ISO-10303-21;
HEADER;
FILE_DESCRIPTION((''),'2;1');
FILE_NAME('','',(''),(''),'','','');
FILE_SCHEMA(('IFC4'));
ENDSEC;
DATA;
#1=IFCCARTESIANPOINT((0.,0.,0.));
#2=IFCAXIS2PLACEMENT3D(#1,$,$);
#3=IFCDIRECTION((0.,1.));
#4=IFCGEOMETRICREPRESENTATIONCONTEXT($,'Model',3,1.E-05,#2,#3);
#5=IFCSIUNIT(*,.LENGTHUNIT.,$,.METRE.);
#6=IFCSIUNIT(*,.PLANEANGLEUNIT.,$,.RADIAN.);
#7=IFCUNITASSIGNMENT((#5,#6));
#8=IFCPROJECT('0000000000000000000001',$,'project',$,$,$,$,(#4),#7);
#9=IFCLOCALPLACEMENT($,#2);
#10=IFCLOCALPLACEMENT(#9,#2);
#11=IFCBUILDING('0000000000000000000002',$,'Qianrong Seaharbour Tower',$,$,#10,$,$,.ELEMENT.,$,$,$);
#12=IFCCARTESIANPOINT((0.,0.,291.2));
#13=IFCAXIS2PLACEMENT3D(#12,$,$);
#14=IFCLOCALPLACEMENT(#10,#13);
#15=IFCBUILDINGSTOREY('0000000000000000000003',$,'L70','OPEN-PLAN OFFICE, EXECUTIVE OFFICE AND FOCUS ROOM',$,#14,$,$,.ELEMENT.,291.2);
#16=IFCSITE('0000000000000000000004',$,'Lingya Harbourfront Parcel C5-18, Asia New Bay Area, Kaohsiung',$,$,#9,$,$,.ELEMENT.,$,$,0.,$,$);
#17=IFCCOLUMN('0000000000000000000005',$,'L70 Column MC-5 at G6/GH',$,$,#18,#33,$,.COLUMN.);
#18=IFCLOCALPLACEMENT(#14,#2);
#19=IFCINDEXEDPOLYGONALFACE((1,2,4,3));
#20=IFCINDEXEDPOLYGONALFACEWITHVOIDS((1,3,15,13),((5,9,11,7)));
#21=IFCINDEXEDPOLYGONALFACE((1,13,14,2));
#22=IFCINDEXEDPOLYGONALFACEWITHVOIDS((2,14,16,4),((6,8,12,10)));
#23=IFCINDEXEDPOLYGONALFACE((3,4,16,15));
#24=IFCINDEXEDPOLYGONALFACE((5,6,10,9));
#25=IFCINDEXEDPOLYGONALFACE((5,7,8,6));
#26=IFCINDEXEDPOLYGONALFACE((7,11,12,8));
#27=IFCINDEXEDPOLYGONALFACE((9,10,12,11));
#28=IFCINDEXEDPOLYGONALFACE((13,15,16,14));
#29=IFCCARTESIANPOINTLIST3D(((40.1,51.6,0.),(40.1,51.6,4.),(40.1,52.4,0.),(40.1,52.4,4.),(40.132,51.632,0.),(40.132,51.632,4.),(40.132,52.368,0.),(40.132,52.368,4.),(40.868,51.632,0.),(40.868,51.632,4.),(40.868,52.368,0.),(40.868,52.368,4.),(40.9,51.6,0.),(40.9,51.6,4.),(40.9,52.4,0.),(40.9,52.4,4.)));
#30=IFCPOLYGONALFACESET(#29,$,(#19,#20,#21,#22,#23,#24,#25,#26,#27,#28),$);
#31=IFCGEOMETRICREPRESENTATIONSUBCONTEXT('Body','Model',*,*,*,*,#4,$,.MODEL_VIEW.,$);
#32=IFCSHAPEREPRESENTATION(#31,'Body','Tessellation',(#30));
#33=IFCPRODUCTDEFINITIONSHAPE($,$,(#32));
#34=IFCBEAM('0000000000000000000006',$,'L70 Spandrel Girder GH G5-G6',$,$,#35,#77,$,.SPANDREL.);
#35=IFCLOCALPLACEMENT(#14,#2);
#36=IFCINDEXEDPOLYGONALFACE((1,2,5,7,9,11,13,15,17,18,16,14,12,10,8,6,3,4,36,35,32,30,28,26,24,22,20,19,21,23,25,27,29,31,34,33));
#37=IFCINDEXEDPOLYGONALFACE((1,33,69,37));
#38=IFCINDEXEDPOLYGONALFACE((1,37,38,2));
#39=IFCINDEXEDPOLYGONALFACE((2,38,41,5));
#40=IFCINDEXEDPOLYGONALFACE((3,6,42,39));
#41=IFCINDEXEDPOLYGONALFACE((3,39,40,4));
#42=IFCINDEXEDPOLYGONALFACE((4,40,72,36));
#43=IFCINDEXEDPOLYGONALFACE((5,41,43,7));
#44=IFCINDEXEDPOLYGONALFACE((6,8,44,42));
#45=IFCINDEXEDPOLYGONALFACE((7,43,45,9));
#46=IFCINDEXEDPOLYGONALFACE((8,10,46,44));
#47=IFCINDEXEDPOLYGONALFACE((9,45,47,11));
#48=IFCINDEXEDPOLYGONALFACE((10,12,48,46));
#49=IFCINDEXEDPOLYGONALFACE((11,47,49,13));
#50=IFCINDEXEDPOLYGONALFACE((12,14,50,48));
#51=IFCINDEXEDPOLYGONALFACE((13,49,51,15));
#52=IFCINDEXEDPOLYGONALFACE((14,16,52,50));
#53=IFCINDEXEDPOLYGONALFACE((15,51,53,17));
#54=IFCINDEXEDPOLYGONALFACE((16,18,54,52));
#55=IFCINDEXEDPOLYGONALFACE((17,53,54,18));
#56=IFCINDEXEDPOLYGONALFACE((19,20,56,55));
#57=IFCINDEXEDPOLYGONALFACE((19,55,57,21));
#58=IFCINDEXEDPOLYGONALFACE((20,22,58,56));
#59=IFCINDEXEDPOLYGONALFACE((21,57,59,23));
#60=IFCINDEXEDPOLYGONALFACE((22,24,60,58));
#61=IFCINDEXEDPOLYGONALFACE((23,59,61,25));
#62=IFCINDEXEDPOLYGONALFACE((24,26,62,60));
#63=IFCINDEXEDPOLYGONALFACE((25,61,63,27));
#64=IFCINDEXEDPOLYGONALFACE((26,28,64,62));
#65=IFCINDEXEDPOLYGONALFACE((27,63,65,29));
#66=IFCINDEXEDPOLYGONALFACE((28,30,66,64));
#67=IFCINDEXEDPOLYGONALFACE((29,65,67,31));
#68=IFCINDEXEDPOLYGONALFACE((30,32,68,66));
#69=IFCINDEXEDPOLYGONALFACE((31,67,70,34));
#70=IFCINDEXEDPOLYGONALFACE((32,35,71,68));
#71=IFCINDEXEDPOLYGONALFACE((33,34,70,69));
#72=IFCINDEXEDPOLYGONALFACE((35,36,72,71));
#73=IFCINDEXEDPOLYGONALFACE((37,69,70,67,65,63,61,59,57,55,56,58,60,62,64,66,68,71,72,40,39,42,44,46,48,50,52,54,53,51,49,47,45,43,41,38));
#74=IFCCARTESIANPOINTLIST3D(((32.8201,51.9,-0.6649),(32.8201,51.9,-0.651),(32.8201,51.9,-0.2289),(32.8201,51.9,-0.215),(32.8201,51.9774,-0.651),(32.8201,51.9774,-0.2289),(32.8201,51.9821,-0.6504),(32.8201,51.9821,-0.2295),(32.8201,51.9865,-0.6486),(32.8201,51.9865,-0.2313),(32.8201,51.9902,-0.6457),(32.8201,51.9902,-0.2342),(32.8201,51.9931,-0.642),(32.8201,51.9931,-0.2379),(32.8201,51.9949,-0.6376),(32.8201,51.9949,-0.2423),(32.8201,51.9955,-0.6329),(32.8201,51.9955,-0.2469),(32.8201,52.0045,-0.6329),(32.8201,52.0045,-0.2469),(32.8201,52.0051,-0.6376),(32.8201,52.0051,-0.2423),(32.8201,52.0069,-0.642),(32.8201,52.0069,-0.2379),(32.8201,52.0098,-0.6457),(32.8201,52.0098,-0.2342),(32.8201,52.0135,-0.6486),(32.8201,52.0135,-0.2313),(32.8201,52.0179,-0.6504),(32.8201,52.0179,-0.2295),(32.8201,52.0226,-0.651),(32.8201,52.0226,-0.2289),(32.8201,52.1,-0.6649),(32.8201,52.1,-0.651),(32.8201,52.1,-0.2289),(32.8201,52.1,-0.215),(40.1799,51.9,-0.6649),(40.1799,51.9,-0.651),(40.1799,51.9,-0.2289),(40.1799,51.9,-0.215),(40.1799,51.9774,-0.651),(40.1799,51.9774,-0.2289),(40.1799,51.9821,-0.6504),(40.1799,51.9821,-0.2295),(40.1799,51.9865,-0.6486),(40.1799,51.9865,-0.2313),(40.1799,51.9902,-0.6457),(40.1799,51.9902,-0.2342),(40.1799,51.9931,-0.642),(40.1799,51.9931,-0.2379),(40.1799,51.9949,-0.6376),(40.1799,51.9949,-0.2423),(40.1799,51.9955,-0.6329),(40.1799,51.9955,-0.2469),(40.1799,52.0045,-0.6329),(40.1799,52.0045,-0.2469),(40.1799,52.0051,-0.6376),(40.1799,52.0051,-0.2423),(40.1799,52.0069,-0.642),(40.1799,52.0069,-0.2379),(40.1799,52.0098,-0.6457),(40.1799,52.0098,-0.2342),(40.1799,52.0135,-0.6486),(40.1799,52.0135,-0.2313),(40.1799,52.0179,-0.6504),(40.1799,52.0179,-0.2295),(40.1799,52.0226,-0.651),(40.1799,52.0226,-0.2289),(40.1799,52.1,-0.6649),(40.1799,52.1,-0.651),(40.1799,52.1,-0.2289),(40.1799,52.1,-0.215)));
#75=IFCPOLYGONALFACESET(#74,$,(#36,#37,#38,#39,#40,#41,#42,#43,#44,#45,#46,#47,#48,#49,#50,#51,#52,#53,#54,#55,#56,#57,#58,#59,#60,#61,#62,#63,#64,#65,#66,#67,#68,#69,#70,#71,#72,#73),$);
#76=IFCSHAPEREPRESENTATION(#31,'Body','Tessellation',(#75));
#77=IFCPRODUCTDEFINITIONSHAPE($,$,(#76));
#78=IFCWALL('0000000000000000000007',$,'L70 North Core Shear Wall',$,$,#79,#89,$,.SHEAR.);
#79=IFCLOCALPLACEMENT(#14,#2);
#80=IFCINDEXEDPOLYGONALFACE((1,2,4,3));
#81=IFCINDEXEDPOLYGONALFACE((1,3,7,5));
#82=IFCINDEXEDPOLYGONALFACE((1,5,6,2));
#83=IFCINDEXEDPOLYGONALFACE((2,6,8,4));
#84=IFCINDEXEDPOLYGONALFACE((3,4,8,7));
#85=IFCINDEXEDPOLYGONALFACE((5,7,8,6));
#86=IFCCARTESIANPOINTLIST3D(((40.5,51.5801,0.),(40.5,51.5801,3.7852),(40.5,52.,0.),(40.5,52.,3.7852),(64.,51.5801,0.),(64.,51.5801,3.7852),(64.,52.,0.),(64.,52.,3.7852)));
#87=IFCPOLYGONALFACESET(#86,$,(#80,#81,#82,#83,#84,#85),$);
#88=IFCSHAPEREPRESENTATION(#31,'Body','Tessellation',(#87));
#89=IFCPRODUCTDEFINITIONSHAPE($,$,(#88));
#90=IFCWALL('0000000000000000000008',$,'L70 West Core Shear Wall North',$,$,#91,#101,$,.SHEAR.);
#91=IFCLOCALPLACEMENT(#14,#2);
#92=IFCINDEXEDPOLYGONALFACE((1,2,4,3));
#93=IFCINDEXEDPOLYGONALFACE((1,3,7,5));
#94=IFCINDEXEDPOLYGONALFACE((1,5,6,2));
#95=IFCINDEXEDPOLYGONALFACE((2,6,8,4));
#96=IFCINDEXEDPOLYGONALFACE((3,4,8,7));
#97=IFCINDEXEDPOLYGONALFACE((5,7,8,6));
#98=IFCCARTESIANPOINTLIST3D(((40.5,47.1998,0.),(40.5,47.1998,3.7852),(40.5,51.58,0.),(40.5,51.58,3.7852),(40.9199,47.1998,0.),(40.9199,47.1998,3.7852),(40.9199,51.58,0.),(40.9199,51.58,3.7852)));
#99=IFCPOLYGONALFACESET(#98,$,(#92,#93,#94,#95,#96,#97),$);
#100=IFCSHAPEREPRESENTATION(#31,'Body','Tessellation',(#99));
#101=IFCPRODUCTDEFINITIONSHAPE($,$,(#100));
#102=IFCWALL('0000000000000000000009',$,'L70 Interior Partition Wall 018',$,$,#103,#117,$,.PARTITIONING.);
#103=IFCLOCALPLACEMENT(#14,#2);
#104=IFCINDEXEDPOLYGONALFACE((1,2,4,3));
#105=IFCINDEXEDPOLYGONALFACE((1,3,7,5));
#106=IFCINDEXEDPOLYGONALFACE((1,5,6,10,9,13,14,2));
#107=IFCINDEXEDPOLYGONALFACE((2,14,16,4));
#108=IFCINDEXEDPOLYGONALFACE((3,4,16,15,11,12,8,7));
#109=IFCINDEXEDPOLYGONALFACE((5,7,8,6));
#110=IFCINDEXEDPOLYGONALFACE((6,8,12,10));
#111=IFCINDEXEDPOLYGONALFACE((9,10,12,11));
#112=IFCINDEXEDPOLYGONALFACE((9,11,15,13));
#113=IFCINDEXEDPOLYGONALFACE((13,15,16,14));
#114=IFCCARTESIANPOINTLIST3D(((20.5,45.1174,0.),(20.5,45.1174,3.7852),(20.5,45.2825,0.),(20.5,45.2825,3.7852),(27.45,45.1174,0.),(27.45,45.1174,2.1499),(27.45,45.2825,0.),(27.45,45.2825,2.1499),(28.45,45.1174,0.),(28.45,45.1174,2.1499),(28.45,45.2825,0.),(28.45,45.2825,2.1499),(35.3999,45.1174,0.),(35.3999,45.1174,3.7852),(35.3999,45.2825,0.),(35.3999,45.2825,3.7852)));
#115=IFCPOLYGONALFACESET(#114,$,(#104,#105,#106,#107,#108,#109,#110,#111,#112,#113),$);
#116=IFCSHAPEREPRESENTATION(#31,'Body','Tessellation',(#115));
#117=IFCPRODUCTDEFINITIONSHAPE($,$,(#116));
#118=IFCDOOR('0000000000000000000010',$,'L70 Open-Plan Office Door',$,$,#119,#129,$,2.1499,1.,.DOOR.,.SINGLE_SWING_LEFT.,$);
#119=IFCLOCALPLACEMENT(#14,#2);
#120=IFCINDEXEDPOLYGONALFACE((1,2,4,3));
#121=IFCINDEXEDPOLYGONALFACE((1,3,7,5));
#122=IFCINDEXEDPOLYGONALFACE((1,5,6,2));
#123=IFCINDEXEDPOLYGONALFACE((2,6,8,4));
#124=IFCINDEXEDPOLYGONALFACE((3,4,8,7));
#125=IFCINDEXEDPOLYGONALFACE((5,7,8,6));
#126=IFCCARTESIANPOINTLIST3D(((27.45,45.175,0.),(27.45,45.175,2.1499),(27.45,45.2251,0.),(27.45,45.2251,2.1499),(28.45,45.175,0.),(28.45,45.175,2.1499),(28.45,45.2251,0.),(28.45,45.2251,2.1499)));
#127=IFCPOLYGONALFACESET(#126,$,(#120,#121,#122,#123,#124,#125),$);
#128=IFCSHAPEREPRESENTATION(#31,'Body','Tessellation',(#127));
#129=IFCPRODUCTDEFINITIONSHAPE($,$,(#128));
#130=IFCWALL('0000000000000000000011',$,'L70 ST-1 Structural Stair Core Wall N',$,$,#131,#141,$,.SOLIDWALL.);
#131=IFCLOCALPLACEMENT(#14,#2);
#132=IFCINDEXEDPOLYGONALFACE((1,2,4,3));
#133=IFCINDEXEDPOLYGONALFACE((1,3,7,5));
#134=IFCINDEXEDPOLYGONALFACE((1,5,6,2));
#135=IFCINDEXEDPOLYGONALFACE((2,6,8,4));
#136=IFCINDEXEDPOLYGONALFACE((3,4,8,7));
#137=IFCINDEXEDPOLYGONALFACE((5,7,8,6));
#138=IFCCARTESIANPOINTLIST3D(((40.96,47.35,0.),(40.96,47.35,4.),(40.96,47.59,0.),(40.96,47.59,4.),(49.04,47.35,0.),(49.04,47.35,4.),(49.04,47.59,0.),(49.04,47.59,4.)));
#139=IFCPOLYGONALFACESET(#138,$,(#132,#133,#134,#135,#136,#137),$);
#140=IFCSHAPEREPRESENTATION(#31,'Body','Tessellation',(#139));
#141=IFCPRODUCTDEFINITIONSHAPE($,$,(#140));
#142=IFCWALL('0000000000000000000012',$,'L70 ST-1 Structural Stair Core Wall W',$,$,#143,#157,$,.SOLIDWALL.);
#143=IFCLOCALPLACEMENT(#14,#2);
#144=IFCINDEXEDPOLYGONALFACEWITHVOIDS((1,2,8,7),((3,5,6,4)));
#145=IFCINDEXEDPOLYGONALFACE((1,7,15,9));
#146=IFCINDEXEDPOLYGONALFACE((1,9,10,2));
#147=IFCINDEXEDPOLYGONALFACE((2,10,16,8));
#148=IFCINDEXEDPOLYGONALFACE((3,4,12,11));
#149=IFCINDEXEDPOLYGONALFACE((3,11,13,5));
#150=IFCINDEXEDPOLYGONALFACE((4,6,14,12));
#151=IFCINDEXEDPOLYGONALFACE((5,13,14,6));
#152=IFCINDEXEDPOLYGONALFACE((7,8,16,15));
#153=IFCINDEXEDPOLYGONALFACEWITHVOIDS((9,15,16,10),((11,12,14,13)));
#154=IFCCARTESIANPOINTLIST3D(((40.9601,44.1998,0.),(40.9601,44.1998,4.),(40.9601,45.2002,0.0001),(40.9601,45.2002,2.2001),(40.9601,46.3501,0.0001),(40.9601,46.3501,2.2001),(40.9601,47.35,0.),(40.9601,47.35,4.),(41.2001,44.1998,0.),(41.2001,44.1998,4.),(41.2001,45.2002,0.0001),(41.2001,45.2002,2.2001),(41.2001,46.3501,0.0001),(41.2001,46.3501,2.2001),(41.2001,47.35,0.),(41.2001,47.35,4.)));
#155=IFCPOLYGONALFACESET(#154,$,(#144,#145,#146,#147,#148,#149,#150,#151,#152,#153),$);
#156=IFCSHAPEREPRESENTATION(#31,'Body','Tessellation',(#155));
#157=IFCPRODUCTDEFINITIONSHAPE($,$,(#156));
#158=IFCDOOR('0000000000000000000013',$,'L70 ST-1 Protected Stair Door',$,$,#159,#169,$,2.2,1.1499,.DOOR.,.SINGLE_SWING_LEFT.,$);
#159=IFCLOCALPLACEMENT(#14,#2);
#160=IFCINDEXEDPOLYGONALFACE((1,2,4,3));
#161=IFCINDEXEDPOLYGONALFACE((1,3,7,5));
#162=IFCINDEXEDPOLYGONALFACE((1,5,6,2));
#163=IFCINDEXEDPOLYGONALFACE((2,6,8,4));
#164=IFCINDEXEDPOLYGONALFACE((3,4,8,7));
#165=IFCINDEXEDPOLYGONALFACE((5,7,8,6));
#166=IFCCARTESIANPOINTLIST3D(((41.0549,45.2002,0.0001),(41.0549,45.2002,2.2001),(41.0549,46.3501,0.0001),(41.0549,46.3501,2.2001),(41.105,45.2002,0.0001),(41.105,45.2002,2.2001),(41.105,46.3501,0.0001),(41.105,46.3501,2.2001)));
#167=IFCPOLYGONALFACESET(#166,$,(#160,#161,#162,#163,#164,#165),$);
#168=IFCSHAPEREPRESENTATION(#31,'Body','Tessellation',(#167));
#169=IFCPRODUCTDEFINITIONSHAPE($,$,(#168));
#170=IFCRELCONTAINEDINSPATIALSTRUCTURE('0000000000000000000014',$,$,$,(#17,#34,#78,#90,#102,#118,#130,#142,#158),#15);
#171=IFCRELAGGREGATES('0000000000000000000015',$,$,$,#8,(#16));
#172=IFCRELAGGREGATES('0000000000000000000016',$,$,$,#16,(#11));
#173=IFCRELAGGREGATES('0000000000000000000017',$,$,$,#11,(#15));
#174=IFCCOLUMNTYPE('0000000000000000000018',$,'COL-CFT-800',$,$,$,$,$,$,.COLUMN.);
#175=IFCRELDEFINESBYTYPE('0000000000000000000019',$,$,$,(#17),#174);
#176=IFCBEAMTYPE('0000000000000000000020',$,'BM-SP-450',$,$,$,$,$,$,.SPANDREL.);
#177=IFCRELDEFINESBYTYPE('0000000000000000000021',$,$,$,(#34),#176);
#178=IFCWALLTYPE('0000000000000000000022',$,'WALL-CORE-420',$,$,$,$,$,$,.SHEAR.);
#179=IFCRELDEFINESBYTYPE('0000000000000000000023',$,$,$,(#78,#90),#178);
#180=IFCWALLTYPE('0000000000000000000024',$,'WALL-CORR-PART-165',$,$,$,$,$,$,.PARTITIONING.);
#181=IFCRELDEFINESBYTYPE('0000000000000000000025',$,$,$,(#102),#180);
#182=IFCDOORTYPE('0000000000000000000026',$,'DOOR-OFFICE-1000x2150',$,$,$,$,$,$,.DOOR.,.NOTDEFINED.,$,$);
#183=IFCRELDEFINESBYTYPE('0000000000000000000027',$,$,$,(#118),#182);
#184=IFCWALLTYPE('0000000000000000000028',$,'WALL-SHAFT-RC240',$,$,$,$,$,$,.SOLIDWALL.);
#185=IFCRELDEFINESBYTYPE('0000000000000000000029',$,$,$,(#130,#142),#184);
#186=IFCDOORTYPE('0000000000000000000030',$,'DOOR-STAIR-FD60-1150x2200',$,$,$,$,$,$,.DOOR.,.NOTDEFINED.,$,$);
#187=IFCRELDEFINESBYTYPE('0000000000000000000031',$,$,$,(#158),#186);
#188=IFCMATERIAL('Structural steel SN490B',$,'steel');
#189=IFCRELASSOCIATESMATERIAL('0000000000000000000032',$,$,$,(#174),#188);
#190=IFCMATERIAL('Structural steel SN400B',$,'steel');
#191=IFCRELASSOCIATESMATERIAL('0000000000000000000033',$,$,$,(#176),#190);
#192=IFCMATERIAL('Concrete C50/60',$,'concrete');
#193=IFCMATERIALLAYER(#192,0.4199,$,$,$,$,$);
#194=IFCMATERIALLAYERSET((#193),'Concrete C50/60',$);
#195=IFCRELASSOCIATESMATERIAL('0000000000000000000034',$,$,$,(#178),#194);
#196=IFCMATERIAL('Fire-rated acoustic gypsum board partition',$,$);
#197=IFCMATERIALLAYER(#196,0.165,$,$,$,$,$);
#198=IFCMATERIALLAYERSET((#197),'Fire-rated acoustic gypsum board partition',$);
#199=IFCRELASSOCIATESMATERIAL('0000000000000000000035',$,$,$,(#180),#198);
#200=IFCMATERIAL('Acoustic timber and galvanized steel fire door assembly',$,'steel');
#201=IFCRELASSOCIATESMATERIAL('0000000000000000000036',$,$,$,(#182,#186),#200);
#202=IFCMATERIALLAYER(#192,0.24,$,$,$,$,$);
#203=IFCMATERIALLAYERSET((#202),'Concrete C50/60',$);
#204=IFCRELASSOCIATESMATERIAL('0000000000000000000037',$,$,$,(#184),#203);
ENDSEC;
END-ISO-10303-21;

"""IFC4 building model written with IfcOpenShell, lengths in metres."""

from ifc_helpers import new_model, si_unit, direction, frame, frame_2d, origin, origin_2d, place, context, subcontext, project, spatial, rectangle, hollow_rectangle, i_section, extrude, material, layer, layer_set, material_profile, profile_set, type_object, element, fill, save


model = new_model("IFC4")

# Units and contexts
model_context = context("Model", 3, precision=1e-05, world=origin(), true_north=direction((0.0, 1.0)))
body_context = subcontext(model_context, "Body", "Model", "MODEL_VIEW")
ifc_project = project(units=[si_unit("LENGTHUNIT", "METRE"), si_unit("PLANEANGLEUNIT", "RADIAN")], contexts=[model_context])

# Site, building, storey
site_placement = place(None, origin())
site = spatial("IfcSite", under=ifc_project, at=site_placement, Name="Lingya Harbourfront Parcel C5-18, Asia New Bay Area, Kaohsiung", CompositionType="ELEMENT", RefElevation=0.0)
building_placement = place(site_placement, origin())
building = spatial("IfcBuilding", under=site, at=building_placement, Name="Qianrong Seaharbour Tower", CompositionType="ELEMENT")
storey_placement = place(building_placement, frame((0.0, 0.0, 291.2)))
storey = spatial("IfcBuildingStorey", under=building, at=storey_placement, Name="L70", Description="OPEN-PLAN OFFICE, EXECUTIVE OFFICE AND FOCUS ROOM", CompositionType="ELEMENT", Elevation=291.2)

# Column
ifc_material_1 = material(Name="Structural steel SN490B", Category="steel")
ifc_material_profile_1 = material_profile(ifc_material_1, hollow_rectangle(XDim=0.8, YDim=0.8, WallThickness=0.032, at=origin_2d()), Name="BOX800x800x32")
ifc_profile_set_1 = profile_set([ifc_material_profile_1], Name="Structural steel SN490B")
column_type = type_object("IfcColumnType", Name="COL-CFT-800", PredefinedType="COLUMN", material=ifc_profile_set_1)
column_placement = place(storey_placement, frame((40.5, 52.0, 0.0), z_axis=(0.0, 0.0, 1.0), x_axis=(1.0, 0.0, 0.0)))
element("IfcColumn", 1, at=column_placement, inside=storey, type_object=column_type, Name="L70 Column MC-5 at G6/GH", PredefinedType="COLUMN", context=body_context, shape_type="SweptSolid", body=[
    extrude(hollow_rectangle(XDim=0.8, YDim=0.8, WallThickness=0.032, at=origin_2d()), origin(), (0.0, 0.0, 1.0), 4.0),
])

# Beam
ifc_material_2 = material(Name="Structural steel SN400B", Category="steel")
ifc_material_profile_2 = material_profile(ifc_material_2, i_section(OverallWidth=0.2, OverallDepth=0.45, WebThickness=0.009, FlangeThickness=0.0139, FilletRadius=0.0181, at=origin_2d()), Name="H450x200x9x14")
ifc_profile_set_2 = profile_set([ifc_material_profile_2], Name="Structural steel SN400B")
beam_type = type_object("IfcBeamType", Name="BM-SP-450", PredefinedType="SPANDREL", material=ifc_profile_set_2)
beam_placement = place(storey_placement, frame((32.8201, 52.0, -0.4399), z_axis=(1.0, 0.0, 0.0), x_axis=(0.0, 1.0, 0.0)))
element("IfcBeam", 2, at=beam_placement, inside=storey, type_object=beam_type, Name="L70 Spandrel Girder GH G5-G6", PredefinedType="SPANDREL", context=body_context, shape_type="SweptSolid", body=[
    extrude(i_section(OverallWidth=0.2, OverallDepth=0.45, WebThickness=0.009, FlangeThickness=0.0139, FilletRadius=0.0181, at=origin_2d()), origin(), (0.0, 0.0, 1.0), 7.3599),
])

# Walls
ifc_material_3 = material(Name="Concrete C50/60", Category="concrete")
ifc_layer_1 = layer(ifc_material_3, 0.4199)
ifc_layer_set_1 = layer_set([ifc_layer_1], Name="Concrete C50/60")
wall_type_1 = type_object("IfcWallType", Name="WALL-CORE-420", PredefinedType="SHEAR", material=ifc_layer_set_1)
wall_1_placement = place(storey_placement, frame((40.5, 51.79, 0.0), z_axis=(0.0, 0.0, 1.0), x_axis=(1.0, 0.0, 0.0)))
element("IfcWall", 3, at=wall_1_placement, inside=storey, type_object=wall_type_1, Name="L70 North Core Shear Wall", PredefinedType="SHEAR", context=body_context, shape_type="SweptSolid", body=[
    extrude(rectangle(XDim=23.5, YDim=0.4199, at=frame_2d((11.75, 0.0))), origin(), (0.0, 0.0, 1.0), 3.7852),
])
wall_2_placement = place(storey_placement, frame((40.71, 47.2, 0.0), z_axis=(0.0, 0.0, 1.0), x_axis=(0.0, 1.0, 0.0)))
element("IfcWall", 4, at=wall_2_placement, inside=storey, type_object=wall_type_1, Name="L70 West Core Shear Wall North", PredefinedType="SHEAR", context=body_context, shape_type="SweptSolid", body=[
    extrude(rectangle(XDim=4.3801, YDim=0.4199, at=frame_2d((2.1899, 0.0))), origin(), (0.0, 0.0, 1.0), 3.7852),
])

# Wall, opening, door
ifc_material_4 = material(Name="Fire-rated acoustic gypsum board partition")
ifc_layer_2 = layer(ifc_material_4, 0.165)
ifc_layer_set_2 = layer_set([ifc_layer_2], Name="Fire-rated acoustic gypsum board partition")
wall_type_2 = type_object("IfcWallType", Name="WALL-CORR-PART-165", PredefinedType="PARTITIONING", material=ifc_layer_set_2)
ifc_material_5 = material(Name="Acoustic timber and galvanized steel fire door assembly", Category="steel")
wall_3_placement = place(storey_placement, frame((35.3999, 45.2, 0.0), z_axis=(0.0, 0.0, 1.0), x_axis=(-1.0, 0.0, 0.0)))
wall_3 = element("IfcWall", 5, at=wall_3_placement, inside=storey, type_object=wall_type_2, Name="L70 Interior Partition Wall 018", PredefinedType="PARTITIONING", context=body_context, shape_type="SweptSolid", body=[
    extrude(rectangle(XDim=14.8999, YDim=0.165, at=frame_2d((7.45, 0.0))), origin(), (0.0, 0.0, 1.0), 3.7852),
])
opening_1_placement = place(wall_3_placement, frame((6.95, 0.0, 0.0)))
opening_1 = element("IfcOpeningElement", 6, at=opening_1_placement, cuts=wall_3, PredefinedType="OPENING", context=body_context, shape_type="SweptSolid", body=[
    extrude(rectangle(XDim=1.0, YDim=2.1499, at=frame_2d((0.5, 1.075))), frame((0.0, 0.0925, 0.0), z_axis=(0.0, -1.0, 0.0), x_axis=(1.0, 0.0, 0.0)), (0.0, 0.0, 1.0), 0.1851),
])
door_type_1 = type_object("IfcDoorType", Name="DOOR-OFFICE-1000x2150", OperationType="NOTDEFINED", PredefinedType="DOOR", material=ifc_material_5)
door_1_placement = place(opening_1_placement, origin())
door_1 = element("IfcDoor", 7, at=door_1_placement, inside=storey, type_object=door_type_1, Name="L70 Open-Plan Office Door", OperationType="SINGLE_SWING_LEFT", OverallHeight=2.1499, OverallWidth=1.0, PredefinedType="DOOR", context=body_context, shape_type="SweptSolid", body=[
    extrude(rectangle(XDim=1.0, YDim=2.1499, at=frame_2d((0.5, 1.075))), frame((0.0, 0.0249, 0.0), z_axis=(0.0, -1.0, 0.0), x_axis=(1.0, 0.0, 0.0)), (0.0, 0.0, 1.0), 0.05),
])
fill(opening_1, door_1)

# Wall
ifc_layer_3 = layer(ifc_material_3, 0.24)
ifc_layer_set_3 = layer_set([ifc_layer_3], Name="Concrete C50/60")
wall_type_3 = type_object("IfcWallType", Name="WALL-SHAFT-RC240", PredefinedType="SOLIDWALL", material=ifc_layer_set_3)
wall_4_placement = place(storey_placement, frame((40.96, 47.47, 0.0), z_axis=(0.0, 0.0, 1.0), x_axis=(1.0, 0.0, 0.0)))
element("IfcWall", 8, at=wall_4_placement, inside=storey, type_object=wall_type_3, Name="L70 ST-1 Structural Stair Core Wall N", PredefinedType="SOLIDWALL", context=body_context, shape_type="SweptSolid", body=[
    extrude(rectangle(XDim=8.0801, YDim=0.24, at=frame_2d((4.04, 0.0))), origin(), (0.0, 0.0, 1.0), 4.0),
])

# Wall, opening, door
wall_5_placement = place(storey_placement, frame((41.0801, 47.3501, 0.0), z_axis=(0.0, 0.0, 1.0), x_axis=(0.0, -1.0, 0.0)))
wall_5 = element("IfcWall", 9, at=wall_5_placement, inside=storey, type_object=wall_type_3, Name="L70 ST-1 Structural Stair Core Wall W", PredefinedType="SOLIDWALL", context=body_context, shape_type="SweptSolid", body=[
    extrude(rectangle(XDim=3.1501, YDim=0.24, at=frame_2d((1.5752, 0.0))), origin(), (0.0, 0.0, 1.0), 4.0),
])
opening_2_placement = place(wall_5_placement, frame((1.0, 0.0, 0.0)))
opening_2 = element("IfcOpeningElement", 10, at=opening_2_placement, cuts=wall_5, PredefinedType="OPENING", context=body_context, shape_type="SweptSolid", body=[
    extrude(rectangle(XDim=1.1499, YDim=2.2, at=frame_2d((0.575, 1.1001))), frame((0.0, 0.1299, 0.0), z_axis=(0.0, -1.0, 0.0), x_axis=(1.0, 0.0, 0.0)), (0.0, 0.0, 1.0), 0.26),
])
door_type_2 = type_object("IfcDoorType", Name="DOOR-STAIR-FD60-1150x2200", OperationType="NOTDEFINED", PredefinedType="DOOR", material=ifc_material_5)
door_2_placement = place(opening_2_placement, origin())
door_2 = element("IfcDoor", 11, at=door_2_placement, inside=storey, type_object=door_type_2, Name="L70 ST-1 Protected Stair Door", OperationType="SINGLE_SWING_LEFT", OverallHeight=2.2, OverallWidth=1.1499, PredefinedType="DOOR", context=body_context, shape_type="SweptSolid", body=[
    extrude(rectangle(XDim=1.1499, YDim=2.2, at=frame_2d((0.575, 1.1001))), frame((0.0, 0.0249, 0.0), z_axis=(0.0, -1.0, 0.0), x_axis=(1.0, 0.0, 0.0)), (0.0, 0.0, 1.0), 0.05),
])
fill(opening_2, door_2)

save(model, "model.ifc")
